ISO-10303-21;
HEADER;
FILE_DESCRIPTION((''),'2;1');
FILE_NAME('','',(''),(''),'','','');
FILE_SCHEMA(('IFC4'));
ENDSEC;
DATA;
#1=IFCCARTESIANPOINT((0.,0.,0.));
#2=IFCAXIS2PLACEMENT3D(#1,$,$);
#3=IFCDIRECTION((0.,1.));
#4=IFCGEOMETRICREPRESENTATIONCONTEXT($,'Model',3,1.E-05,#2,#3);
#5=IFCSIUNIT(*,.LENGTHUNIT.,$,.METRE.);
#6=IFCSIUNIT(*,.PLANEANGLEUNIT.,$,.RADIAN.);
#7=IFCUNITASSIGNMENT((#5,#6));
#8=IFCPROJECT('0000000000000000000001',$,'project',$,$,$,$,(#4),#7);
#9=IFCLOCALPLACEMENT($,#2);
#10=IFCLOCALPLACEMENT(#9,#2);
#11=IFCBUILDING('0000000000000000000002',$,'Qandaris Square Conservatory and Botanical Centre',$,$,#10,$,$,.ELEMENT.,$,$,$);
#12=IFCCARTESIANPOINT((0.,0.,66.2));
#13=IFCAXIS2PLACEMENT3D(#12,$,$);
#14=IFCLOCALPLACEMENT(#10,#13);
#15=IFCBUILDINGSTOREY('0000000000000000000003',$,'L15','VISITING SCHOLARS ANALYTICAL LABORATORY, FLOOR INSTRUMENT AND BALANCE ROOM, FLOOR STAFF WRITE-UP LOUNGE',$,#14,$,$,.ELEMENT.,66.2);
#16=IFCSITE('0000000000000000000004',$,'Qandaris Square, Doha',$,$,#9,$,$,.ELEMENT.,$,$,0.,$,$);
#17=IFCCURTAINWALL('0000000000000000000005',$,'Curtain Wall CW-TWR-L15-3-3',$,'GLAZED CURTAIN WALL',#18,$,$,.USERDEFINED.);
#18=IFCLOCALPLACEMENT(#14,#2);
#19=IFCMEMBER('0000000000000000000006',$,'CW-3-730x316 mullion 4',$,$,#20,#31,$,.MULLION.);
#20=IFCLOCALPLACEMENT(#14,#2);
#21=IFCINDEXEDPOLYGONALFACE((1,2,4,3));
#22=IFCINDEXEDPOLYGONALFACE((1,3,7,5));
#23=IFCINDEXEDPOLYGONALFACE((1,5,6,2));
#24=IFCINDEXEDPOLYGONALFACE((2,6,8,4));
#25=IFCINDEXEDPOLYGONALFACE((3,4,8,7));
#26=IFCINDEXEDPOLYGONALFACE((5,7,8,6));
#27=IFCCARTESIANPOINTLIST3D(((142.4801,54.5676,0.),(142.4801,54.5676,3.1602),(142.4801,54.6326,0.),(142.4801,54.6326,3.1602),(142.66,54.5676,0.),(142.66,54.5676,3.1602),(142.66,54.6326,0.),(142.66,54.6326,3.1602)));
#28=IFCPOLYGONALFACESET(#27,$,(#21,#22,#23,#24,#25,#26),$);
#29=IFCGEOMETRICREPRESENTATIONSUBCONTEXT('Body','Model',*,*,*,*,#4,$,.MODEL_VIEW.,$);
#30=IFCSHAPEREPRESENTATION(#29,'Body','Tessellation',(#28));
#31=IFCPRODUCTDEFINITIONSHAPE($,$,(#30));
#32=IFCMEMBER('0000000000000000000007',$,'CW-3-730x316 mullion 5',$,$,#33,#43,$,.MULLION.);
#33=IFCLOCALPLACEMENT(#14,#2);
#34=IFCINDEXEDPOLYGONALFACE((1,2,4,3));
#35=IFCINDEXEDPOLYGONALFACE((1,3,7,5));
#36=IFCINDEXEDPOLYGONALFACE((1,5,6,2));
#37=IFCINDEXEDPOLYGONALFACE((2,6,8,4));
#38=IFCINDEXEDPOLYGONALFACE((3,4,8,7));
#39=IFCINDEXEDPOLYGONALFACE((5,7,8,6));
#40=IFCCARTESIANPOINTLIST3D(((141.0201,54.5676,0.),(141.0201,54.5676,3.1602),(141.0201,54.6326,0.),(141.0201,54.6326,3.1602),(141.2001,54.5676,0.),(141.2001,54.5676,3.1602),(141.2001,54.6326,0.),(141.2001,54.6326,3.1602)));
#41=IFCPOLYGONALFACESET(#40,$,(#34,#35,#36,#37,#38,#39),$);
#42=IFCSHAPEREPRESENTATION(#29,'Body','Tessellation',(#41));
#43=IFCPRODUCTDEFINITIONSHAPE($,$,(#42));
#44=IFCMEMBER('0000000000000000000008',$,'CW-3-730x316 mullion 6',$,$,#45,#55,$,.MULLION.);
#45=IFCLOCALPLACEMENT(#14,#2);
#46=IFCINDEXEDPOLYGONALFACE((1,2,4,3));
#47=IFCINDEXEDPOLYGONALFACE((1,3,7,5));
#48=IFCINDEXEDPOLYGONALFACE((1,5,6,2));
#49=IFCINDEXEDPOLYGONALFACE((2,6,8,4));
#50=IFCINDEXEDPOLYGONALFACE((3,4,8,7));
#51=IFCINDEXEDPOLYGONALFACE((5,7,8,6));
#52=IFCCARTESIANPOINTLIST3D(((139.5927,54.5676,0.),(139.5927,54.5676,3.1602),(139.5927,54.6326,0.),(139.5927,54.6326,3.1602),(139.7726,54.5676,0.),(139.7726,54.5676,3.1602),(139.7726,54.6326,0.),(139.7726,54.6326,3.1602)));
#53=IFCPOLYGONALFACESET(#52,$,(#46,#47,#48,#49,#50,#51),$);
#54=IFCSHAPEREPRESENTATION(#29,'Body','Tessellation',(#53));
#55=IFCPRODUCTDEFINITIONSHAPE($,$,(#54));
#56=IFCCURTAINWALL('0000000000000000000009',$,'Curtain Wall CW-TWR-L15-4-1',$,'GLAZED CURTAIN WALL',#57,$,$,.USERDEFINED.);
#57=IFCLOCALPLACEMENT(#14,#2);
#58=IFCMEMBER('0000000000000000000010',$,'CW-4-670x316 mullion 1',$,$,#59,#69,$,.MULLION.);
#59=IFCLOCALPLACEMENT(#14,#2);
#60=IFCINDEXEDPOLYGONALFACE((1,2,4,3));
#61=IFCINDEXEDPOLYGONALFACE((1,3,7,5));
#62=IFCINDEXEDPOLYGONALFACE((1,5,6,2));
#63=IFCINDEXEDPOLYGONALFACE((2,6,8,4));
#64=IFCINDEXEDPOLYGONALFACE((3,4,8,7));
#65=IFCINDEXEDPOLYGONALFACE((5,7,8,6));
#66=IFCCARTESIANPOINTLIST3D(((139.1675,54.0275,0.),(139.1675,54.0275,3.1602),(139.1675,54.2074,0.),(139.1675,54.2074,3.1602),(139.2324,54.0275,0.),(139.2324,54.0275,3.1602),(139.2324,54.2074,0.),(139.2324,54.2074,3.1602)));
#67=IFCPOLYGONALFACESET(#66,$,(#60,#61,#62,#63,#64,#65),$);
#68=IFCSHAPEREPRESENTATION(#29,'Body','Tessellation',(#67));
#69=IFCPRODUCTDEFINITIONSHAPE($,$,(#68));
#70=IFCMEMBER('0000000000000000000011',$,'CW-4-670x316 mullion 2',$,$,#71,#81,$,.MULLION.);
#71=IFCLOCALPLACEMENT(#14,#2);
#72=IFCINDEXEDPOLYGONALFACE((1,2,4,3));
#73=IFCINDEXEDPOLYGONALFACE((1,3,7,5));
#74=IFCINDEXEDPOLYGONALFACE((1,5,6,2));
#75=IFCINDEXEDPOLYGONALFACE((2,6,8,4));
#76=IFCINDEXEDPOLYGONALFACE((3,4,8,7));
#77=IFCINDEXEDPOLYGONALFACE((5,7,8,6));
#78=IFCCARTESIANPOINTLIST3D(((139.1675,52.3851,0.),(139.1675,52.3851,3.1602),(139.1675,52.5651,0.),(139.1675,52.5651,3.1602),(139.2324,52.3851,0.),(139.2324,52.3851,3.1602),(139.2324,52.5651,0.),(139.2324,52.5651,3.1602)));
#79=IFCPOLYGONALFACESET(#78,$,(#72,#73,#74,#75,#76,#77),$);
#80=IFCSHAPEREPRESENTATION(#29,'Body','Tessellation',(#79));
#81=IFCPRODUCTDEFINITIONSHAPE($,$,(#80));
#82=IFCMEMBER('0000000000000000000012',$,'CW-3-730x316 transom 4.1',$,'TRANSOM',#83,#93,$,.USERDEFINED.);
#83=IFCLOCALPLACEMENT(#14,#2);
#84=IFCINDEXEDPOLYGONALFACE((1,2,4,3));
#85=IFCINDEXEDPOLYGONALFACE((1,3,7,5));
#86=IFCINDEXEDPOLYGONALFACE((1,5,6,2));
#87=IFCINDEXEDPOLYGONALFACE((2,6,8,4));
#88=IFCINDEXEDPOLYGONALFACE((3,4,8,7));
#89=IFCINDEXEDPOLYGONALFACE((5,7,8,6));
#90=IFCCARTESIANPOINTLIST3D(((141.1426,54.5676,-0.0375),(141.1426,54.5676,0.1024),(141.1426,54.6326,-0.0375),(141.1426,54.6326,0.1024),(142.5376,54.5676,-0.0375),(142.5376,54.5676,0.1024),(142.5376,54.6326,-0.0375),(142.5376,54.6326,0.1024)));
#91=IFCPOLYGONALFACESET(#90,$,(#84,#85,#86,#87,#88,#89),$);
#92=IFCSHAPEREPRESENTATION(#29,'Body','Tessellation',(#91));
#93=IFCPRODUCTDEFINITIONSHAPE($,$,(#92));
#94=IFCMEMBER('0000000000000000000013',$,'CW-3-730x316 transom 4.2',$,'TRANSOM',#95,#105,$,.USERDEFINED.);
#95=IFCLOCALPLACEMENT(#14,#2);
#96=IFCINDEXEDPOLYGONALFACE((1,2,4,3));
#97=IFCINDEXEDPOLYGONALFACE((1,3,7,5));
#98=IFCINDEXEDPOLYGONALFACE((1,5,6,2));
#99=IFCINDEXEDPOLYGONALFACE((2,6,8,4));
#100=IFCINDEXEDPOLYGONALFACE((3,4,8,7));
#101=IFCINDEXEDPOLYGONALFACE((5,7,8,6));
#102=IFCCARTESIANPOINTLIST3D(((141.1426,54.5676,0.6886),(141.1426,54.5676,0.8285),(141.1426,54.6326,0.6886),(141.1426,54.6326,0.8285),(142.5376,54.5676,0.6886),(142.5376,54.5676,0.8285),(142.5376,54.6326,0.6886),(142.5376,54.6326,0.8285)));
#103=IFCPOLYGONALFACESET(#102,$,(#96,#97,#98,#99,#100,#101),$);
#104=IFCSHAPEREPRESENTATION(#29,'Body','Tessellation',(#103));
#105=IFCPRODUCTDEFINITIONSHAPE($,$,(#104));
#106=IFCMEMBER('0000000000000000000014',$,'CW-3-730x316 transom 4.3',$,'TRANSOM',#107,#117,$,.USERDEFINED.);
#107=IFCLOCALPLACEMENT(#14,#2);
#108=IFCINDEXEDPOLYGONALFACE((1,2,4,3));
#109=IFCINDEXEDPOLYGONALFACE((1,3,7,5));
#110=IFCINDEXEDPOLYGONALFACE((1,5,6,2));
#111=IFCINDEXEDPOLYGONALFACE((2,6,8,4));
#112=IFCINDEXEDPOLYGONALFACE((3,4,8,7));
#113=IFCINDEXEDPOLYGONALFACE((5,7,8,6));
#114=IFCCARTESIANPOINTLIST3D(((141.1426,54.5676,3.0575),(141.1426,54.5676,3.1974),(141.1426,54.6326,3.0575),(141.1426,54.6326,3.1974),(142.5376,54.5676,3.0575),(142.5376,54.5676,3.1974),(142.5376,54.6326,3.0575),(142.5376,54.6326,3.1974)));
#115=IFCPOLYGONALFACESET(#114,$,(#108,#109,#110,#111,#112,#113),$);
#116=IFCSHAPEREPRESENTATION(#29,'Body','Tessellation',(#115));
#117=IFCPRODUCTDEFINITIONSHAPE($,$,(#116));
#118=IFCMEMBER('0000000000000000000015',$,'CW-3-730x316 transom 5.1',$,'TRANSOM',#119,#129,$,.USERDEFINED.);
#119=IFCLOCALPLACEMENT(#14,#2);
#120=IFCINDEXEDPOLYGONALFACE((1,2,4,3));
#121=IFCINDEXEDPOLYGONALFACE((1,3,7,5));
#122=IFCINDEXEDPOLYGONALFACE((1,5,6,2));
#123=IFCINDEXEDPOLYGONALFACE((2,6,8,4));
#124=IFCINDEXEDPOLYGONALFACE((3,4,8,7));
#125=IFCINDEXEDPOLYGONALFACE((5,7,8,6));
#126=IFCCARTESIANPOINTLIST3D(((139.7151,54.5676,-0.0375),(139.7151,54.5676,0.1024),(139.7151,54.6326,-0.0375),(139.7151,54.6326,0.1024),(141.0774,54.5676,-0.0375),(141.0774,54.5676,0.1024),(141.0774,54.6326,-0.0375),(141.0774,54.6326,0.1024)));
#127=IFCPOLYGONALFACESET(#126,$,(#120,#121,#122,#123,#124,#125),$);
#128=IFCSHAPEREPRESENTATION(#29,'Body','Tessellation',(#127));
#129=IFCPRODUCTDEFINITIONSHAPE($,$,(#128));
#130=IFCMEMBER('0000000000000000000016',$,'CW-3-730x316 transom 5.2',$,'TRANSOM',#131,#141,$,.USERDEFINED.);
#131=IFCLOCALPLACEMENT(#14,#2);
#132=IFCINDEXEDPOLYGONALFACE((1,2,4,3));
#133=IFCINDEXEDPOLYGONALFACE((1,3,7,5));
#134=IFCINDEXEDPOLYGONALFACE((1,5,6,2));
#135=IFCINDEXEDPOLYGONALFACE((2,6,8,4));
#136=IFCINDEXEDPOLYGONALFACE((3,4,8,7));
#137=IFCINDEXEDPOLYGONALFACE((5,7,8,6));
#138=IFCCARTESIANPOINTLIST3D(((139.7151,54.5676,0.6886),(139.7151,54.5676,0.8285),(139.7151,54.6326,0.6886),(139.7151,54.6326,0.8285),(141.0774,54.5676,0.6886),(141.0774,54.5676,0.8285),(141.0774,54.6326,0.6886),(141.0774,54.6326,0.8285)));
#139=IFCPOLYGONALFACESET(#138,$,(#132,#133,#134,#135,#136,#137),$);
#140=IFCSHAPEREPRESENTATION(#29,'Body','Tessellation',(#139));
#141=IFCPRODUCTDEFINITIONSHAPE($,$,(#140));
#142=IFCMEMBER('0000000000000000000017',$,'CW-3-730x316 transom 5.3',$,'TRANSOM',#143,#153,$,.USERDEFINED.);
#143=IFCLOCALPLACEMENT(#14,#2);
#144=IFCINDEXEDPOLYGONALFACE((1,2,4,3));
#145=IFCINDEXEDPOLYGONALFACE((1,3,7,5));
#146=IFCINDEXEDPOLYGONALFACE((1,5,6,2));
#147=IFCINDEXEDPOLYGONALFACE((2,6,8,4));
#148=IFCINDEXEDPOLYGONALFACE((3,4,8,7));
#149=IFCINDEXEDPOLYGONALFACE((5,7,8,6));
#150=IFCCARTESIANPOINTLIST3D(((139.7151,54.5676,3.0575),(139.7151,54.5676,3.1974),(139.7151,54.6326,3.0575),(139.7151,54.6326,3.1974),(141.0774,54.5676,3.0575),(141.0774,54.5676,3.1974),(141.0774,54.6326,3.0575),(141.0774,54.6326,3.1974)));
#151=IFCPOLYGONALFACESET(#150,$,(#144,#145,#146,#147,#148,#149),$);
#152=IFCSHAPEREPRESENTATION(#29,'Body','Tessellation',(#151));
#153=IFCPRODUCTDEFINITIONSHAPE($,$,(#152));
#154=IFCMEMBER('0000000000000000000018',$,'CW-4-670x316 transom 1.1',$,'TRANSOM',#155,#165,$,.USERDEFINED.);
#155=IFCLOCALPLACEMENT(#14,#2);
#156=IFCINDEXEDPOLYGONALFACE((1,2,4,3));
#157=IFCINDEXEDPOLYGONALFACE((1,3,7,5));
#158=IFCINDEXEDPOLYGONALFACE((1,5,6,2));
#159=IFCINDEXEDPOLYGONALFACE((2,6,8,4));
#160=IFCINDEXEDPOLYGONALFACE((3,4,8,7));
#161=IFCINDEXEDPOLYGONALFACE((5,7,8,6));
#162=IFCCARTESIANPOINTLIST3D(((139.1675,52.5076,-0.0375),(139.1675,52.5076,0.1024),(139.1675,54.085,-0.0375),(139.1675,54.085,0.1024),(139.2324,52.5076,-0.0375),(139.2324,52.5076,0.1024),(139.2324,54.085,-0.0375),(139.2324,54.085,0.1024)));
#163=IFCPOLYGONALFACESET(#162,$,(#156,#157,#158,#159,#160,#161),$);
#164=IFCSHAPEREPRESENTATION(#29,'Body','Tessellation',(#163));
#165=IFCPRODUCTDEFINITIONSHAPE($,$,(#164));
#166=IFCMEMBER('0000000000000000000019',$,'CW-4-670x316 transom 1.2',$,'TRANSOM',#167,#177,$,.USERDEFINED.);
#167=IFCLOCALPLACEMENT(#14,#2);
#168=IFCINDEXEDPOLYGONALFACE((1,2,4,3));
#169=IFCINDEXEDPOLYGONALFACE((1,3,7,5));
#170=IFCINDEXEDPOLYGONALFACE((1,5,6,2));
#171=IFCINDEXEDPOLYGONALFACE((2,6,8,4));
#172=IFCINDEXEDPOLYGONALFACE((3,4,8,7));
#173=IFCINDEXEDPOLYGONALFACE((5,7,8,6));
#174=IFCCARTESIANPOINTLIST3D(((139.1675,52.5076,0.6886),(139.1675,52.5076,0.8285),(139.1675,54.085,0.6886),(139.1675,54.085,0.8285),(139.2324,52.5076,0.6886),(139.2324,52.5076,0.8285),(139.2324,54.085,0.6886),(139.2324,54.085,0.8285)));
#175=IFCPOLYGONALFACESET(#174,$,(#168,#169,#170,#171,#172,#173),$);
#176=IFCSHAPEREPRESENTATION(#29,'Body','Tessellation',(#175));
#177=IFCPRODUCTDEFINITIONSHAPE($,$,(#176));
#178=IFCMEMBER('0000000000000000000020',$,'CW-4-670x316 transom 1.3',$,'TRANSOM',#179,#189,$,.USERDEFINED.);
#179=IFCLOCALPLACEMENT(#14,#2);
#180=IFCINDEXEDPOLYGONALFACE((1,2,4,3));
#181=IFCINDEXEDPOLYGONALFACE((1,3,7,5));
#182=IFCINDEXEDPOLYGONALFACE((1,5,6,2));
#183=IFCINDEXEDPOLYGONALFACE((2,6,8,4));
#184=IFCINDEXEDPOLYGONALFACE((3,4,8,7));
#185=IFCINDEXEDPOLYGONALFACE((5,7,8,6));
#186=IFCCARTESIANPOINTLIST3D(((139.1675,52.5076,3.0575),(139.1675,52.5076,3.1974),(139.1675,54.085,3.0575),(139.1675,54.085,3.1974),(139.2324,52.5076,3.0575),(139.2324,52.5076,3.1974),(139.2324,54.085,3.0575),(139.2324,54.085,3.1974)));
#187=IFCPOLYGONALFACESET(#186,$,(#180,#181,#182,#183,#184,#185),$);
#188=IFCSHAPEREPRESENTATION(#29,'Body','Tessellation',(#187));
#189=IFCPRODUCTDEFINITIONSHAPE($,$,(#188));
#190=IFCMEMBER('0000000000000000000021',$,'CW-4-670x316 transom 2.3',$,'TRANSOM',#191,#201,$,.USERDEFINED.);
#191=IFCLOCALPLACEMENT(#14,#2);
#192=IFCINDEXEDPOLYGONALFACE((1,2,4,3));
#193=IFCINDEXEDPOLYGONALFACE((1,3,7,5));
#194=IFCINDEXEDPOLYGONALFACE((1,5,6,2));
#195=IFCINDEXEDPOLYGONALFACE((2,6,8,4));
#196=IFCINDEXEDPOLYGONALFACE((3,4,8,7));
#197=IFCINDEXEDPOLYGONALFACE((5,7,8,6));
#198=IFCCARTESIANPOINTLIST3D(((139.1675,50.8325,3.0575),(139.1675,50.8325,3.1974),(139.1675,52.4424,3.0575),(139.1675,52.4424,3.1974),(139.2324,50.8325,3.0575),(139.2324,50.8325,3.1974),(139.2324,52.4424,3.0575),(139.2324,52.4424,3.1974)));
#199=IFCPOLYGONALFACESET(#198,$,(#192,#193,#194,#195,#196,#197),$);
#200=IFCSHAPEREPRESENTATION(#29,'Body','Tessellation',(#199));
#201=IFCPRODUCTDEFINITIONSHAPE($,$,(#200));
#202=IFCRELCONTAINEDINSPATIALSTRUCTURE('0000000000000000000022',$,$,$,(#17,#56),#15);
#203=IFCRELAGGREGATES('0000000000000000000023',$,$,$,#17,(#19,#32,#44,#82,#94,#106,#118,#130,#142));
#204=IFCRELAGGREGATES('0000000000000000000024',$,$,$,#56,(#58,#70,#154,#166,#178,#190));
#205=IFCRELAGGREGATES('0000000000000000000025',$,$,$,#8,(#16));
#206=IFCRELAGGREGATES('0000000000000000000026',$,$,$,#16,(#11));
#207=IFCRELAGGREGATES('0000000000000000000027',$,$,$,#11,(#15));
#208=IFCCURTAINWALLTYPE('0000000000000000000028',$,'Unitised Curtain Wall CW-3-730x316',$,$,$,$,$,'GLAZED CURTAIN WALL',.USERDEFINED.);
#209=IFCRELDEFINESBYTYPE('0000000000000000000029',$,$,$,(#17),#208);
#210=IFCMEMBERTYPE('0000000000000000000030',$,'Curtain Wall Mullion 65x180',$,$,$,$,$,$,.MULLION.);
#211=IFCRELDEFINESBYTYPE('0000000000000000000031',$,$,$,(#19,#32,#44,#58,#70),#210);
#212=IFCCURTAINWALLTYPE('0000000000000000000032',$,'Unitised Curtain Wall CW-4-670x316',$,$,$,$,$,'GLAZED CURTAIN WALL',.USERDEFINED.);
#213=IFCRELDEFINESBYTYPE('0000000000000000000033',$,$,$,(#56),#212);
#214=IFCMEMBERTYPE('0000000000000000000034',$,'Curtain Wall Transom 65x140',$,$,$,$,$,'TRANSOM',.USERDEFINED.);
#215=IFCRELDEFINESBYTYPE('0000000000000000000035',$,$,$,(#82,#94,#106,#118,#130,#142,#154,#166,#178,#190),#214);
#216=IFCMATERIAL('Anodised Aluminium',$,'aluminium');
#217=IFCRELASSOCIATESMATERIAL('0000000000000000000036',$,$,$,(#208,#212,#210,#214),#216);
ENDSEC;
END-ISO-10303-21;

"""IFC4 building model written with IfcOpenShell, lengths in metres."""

from ifc_helpers import new_model, si_unit, direction, frame, origin, origin_2d, place, context, subcontext, project, spatial, rectangle, extrude, material, material_profile, profile_set, type_object, element, aggregate, save


model = new_model("IFC4")

# Units and contexts
model_context = context("Model", 3, precision=1e-05, world=origin(), true_north=direction((0.0, 1.0)))
body_context = subcontext(model_context, "Body", "Model", "MODEL_VIEW")
ifc_project = project(units=[si_unit("LENGTHUNIT", "METRE"), si_unit("PLANEANGLEUNIT", "RADIAN")], contexts=[model_context])

# Site, building, storey
site_placement = place(None, origin())
site = spatial("IfcSite", under=ifc_project, at=site_placement, Name="Qandaris Square, Doha", CompositionType="ELEMENT", RefElevation=0.0)
building_placement = place(site_placement, origin())
building = spatial("IfcBuilding", under=site, at=building_placement, Name="Qandaris Square Conservatory and Botanical Centre", CompositionType="ELEMENT")
storey_placement = place(building_placement, frame((0.0, 0.0, 66.2)))
storey = spatial("IfcBuildingStorey", under=building, at=storey_placement, Name="L15", Description="VISITING SCHOLARS ANALYTICAL LABORATORY, FLOOR INSTRUMENT AND BALANCE ROOM, FLOOR STAFF WRITE-UP LOUNGE", CompositionType="ELEMENT", Elevation=66.2)

# Curtain walls, members
ifc_material_1 = material(Name="Anodised Aluminium", Category="aluminium")
curtain_wall_type_1 = type_object("IfcCurtainWallType", Name="Unitised Curtain Wall CW-3-730x316", ElementType="GLAZED CURTAIN WALL", PredefinedType="USERDEFINED", material=ifc_material_1)
curtain_wall_1_placement = place(storey_placement, origin())
curtain_wall_1 = element("IfcCurtainWall", 1, at=curtain_wall_1_placement, inside=storey, type_object=curtain_wall_type_1, Name="Curtain Wall CW-TWR-L15-3-3", ObjectType="GLAZED CURTAIN WALL", PredefinedType="USERDEFINED")
ifc_material_profile_1 = material_profile(ifc_material_1, rectangle(XDim=0.0649, YDim=0.1799, at=origin_2d()), Name="ALU-MUL 65x180")
ifc_profile_set_1 = profile_set([ifc_material_profile_1], Name="Anodised Aluminium")
member_type_1 = type_object("IfcMemberType", Name="Curtain Wall Mullion 65x180", PredefinedType="MULLION", material=ifc_profile_set_1)
member_1_placement = place(storey_placement, frame((142.5701, 54.6001, 0.0), z_axis=(0.0, 0.0, 1.0), x_axis=(0.0, -1.0, 0.0)))
member_1 = element("IfcMember", 2, at=member_1_placement, type_object=member_type_1, Name="CW-3-730x316 mullion 4", PredefinedType="MULLION", context=body_context, shape_type="SweptSolid", body=[
    extrude(rectangle(XDim=0.0649, YDim=0.1799, at=origin_2d()), origin(), (0.0, 0.0, 1.0), 3.1602),
])
member_2_placement = place(storey_placement, frame((141.1101, 54.6001, 0.0), z_axis=(0.0, 0.0, 1.0), x_axis=(0.0, -1.0, 0.0)))
member_2 = element("IfcMember", 3, at=member_2_placement, type_object=member_type_1, Name="CW-3-730x316 mullion 5", PredefinedType="MULLION", context=body_context, shape_type="SweptSolid", body=[
    extrude(rectangle(XDim=0.0649, YDim=0.1799, at=origin_2d()), origin(), (0.0, 0.0, 1.0), 3.1602),
])
member_3_placement = place(storey_placement, frame((139.6826, 54.6001, 0.0), z_axis=(0.0, 0.0, 1.0), x_axis=(0.0, -1.0, 0.0)))
member_3 = element("IfcMember", 4, at=member_3_placement, type_object=member_type_1, Name="CW-3-730x316 mullion 6", PredefinedType="MULLION", context=body_context, shape_type="SweptSolid", body=[
    extrude(rectangle(XDim=0.0649, YDim=0.1799, at=origin_2d()), origin(), (0.0, 0.0, 1.0), 3.1602),
])
curtain_wall_type_2 = type_object("IfcCurtainWallType", Name="Unitised Curtain Wall CW-4-670x316", ElementType="GLAZED CURTAIN WALL", PredefinedType="USERDEFINED", material=ifc_material_1)
curtain_wall_2_placement = place(storey_placement, origin())
curtain_wall_2 = element("IfcCurtainWall", 5, at=curtain_wall_2_placement, inside=storey, type_object=curtain_wall_type_2, Name="Curtain Wall CW-TWR-L15-4-1", ObjectType="GLAZED CURTAIN WALL", PredefinedType="USERDEFINED")
member_4_placement = place(storey_placement, frame((139.2, 54.1174, 0.0), z_axis=(0.0, 0.0, 1.0), x_axis=(1.0, 0.0, 0.0)))
member_4 = element("IfcMember", 6, at=member_4_placement, type_object=member_type_1, Name="CW-4-670x316 mullion 1", PredefinedType="MULLION", context=body_context, shape_type="SweptSolid", body=[
    extrude(rectangle(XDim=0.0649, YDim=0.1799, at=origin_2d()), origin(), (0.0, 0.0, 1.0), 3.1602),
])
member_5_placement = place(storey_placement, frame((139.2, 52.4751, 0.0), z_axis=(0.0, 0.0, 1.0), x_axis=(1.0, 0.0, 0.0)))
member_5 = element("IfcMember", 7, at=member_5_placement, type_object=member_type_1, Name="CW-4-670x316 mullion 2", PredefinedType="MULLION", context=body_context, shape_type="SweptSolid", body=[
    extrude(rectangle(XDim=0.0649, YDim=0.1799, at=origin_2d()), origin(), (0.0, 0.0, 1.0), 3.1602),
])

# Members
ifc_material_profile_2 = material_profile(ifc_material_1, rectangle(XDim=0.0649, YDim=0.1399, at=origin_2d()), Name="ALU-TRN 65x140")
ifc_profile_set_2 = profile_set([ifc_material_profile_2], Name="Anodised Aluminium")
member_type_2 = type_object("IfcMemberType", Name="Curtain Wall Transom 65x140", ElementType="TRANSOM", PredefinedType="USERDEFINED", material=ifc_profile_set_2)
member_6_placement = place(storey_placement, frame((142.5376, 54.6001, 0.0325), z_axis=(-1.0, 0.0, 0.0), x_axis=(0.0, -1.0, 0.0)))
member_6 = element("IfcMember", 8, at=member_6_placement, type_object=member_type_2, Name="CW-3-730x316 transom 4.1", ObjectType="TRANSOM", PredefinedType="USERDEFINED", context=body_context, shape_type="SweptSolid", body=[
    extrude(rectangle(XDim=0.0649, YDim=0.1399, at=origin_2d()), origin(), (0.0, 0.0, 1.0), 1.395),
])
member_7_placement = place(storey_placement, frame((142.5376, 54.6001, 0.7585), z_axis=(-1.0, 0.0, 0.0), x_axis=(0.0, -1.0, 0.0)))
member_7 = element("IfcMember", 9, at=member_7_placement, type_object=member_type_2, Name="CW-3-730x316 transom 4.2", ObjectType="TRANSOM", PredefinedType="USERDEFINED", context=body_context, shape_type="SweptSolid", body=[
    extrude(rectangle(XDim=0.0649, YDim=0.1399, at=origin_2d()), origin(), (0.0, 0.0, 1.0), 1.395),
])
member_8_placement = place(storey_placement, frame((142.5376, 54.6001, 3.1274), z_axis=(-1.0, 0.0, 0.0), x_axis=(0.0, -1.0, 0.0)))
member_8 = element("IfcMember", 10, at=member_8_placement, type_object=member_type_2, Name="CW-3-730x316 transom 4.3", ObjectType="TRANSOM", PredefinedType="USERDEFINED", context=body_context, shape_type="SweptSolid", body=[
    extrude(rectangle(XDim=0.0649, YDim=0.1399, at=origin_2d()), origin(), (0.0, 0.0, 1.0), 1.395),
])
member_9_placement = place(storey_placement, frame((141.0774, 54.6001, 0.0325), z_axis=(-1.0, 0.0, 0.0), x_axis=(0.0, -1.0, 0.0)))
member_9 = element("IfcMember", 11, at=member_9_placement, type_object=member_type_2, Name="CW-3-730x316 transom 5.1", ObjectType="TRANSOM", PredefinedType="USERDEFINED", context=body_context, shape_type="SweptSolid", body=[
    extrude(rectangle(XDim=0.0649, YDim=0.1399, at=origin_2d()), origin(), (0.0, 0.0, 1.0), 1.3623),
])
member_10_placement = place(storey_placement, frame((141.0774, 54.6001, 0.7585), z_axis=(-1.0, 0.0, 0.0), x_axis=(0.0, -1.0, 0.0)))
member_10 = element("IfcMember", 12, at=member_10_placement, type_object=member_type_2, Name="CW-3-730x316 transom 5.2", ObjectType="TRANSOM", PredefinedType="USERDEFINED", context=body_context, shape_type="SweptSolid", body=[
    extrude(rectangle(XDim=0.0649, YDim=0.1399, at=origin_2d()), origin(), (0.0, 0.0, 1.0), 1.3623),
])
member_11_placement = place(storey_placement, frame((141.0774, 54.6001, 3.1274), z_axis=(-1.0, 0.0, 0.0), x_axis=(0.0, -1.0, 0.0)))
member_11 = element("IfcMember", 13, at=member_11_placement, type_object=member_type_2, Name="CW-3-730x316 transom 5.3", ObjectType="TRANSOM", PredefinedType="USERDEFINED", context=body_context, shape_type="SweptSolid", body=[
    extrude(rectangle(XDim=0.0649, YDim=0.1399, at=origin_2d()), origin(), (0.0, 0.0, 1.0), 1.3623),
])
member_12_placement = place(storey_placement, frame((139.2, 54.085, 0.0325), z_axis=(0.0, -1.0, 0.0), x_axis=(1.0, 0.0, 0.0)))
member_12 = element("IfcMember", 14, at=member_12_placement, type_object=member_type_2, Name="CW-4-670x316 transom 1.1", ObjectType="TRANSOM", PredefinedType="USERDEFINED", context=body_context, shape_type="SweptSolid", body=[
    extrude(rectangle(XDim=0.0649, YDim=0.1399, at=origin_2d()), origin(), (0.0, 0.0, 1.0), 1.5774),
])
member_13_placement = place(storey_placement, frame((139.2, 54.085, 0.7585), z_axis=(0.0, -1.0, 0.0), x_axis=(1.0, 0.0, 0.0)))
member_13 = element("IfcMember", 15, at=member_13_placement, type_object=member_type_2, Name="CW-4-670x316 transom 1.2", ObjectType="TRANSOM", PredefinedType="USERDEFINED", context=body_context, shape_type="SweptSolid", body=[
    extrude(rectangle(XDim=0.0649, YDim=0.1399, at=origin_2d()), origin(), (0.0, 0.0, 1.0), 1.5774),
])
member_14_placement = place(storey_placement, frame((139.2, 54.085, 3.1274), z_axis=(0.0, -1.0, 0.0), x_axis=(1.0, 0.0, 0.0)))
member_14 = element("IfcMember", 16, at=member_14_placement, type_object=member_type_2, Name="CW-4-670x316 transom 1.3", ObjectType="TRANSOM", PredefinedType="USERDEFINED", context=body_context, shape_type="SweptSolid", body=[
    extrude(rectangle(XDim=0.0649, YDim=0.1399, at=origin_2d()), origin(), (0.0, 0.0, 1.0), 1.5774),
])
member_15_placement = place(storey_placement, frame((139.2, 52.4424, 3.1274), z_axis=(0.0, -1.0, 0.0), x_axis=(1.0, 0.0, 0.0)))
member_15 = element("IfcMember", 17, at=member_15_placement, type_object=member_type_2, Name="CW-4-670x316 transom 2.3", ObjectType="TRANSOM", PredefinedType="USERDEFINED", context=body_context, shape_type="SweptSolid", body=[
    extrude(rectangle(XDim=0.0649, YDim=0.1399, at=origin_2d()), origin(), (0.0, 0.0, 1.0), 1.6099),
])

aggregate(curtain_wall_1, [member_1, member_2, member_3, member_6, member_7, member_8, member_9, member_10, member_11])
aggregate(curtain_wall_2, [member_4, member_5, member_12, member_13, member_14, member_15])

save(model, "model.ifc")
